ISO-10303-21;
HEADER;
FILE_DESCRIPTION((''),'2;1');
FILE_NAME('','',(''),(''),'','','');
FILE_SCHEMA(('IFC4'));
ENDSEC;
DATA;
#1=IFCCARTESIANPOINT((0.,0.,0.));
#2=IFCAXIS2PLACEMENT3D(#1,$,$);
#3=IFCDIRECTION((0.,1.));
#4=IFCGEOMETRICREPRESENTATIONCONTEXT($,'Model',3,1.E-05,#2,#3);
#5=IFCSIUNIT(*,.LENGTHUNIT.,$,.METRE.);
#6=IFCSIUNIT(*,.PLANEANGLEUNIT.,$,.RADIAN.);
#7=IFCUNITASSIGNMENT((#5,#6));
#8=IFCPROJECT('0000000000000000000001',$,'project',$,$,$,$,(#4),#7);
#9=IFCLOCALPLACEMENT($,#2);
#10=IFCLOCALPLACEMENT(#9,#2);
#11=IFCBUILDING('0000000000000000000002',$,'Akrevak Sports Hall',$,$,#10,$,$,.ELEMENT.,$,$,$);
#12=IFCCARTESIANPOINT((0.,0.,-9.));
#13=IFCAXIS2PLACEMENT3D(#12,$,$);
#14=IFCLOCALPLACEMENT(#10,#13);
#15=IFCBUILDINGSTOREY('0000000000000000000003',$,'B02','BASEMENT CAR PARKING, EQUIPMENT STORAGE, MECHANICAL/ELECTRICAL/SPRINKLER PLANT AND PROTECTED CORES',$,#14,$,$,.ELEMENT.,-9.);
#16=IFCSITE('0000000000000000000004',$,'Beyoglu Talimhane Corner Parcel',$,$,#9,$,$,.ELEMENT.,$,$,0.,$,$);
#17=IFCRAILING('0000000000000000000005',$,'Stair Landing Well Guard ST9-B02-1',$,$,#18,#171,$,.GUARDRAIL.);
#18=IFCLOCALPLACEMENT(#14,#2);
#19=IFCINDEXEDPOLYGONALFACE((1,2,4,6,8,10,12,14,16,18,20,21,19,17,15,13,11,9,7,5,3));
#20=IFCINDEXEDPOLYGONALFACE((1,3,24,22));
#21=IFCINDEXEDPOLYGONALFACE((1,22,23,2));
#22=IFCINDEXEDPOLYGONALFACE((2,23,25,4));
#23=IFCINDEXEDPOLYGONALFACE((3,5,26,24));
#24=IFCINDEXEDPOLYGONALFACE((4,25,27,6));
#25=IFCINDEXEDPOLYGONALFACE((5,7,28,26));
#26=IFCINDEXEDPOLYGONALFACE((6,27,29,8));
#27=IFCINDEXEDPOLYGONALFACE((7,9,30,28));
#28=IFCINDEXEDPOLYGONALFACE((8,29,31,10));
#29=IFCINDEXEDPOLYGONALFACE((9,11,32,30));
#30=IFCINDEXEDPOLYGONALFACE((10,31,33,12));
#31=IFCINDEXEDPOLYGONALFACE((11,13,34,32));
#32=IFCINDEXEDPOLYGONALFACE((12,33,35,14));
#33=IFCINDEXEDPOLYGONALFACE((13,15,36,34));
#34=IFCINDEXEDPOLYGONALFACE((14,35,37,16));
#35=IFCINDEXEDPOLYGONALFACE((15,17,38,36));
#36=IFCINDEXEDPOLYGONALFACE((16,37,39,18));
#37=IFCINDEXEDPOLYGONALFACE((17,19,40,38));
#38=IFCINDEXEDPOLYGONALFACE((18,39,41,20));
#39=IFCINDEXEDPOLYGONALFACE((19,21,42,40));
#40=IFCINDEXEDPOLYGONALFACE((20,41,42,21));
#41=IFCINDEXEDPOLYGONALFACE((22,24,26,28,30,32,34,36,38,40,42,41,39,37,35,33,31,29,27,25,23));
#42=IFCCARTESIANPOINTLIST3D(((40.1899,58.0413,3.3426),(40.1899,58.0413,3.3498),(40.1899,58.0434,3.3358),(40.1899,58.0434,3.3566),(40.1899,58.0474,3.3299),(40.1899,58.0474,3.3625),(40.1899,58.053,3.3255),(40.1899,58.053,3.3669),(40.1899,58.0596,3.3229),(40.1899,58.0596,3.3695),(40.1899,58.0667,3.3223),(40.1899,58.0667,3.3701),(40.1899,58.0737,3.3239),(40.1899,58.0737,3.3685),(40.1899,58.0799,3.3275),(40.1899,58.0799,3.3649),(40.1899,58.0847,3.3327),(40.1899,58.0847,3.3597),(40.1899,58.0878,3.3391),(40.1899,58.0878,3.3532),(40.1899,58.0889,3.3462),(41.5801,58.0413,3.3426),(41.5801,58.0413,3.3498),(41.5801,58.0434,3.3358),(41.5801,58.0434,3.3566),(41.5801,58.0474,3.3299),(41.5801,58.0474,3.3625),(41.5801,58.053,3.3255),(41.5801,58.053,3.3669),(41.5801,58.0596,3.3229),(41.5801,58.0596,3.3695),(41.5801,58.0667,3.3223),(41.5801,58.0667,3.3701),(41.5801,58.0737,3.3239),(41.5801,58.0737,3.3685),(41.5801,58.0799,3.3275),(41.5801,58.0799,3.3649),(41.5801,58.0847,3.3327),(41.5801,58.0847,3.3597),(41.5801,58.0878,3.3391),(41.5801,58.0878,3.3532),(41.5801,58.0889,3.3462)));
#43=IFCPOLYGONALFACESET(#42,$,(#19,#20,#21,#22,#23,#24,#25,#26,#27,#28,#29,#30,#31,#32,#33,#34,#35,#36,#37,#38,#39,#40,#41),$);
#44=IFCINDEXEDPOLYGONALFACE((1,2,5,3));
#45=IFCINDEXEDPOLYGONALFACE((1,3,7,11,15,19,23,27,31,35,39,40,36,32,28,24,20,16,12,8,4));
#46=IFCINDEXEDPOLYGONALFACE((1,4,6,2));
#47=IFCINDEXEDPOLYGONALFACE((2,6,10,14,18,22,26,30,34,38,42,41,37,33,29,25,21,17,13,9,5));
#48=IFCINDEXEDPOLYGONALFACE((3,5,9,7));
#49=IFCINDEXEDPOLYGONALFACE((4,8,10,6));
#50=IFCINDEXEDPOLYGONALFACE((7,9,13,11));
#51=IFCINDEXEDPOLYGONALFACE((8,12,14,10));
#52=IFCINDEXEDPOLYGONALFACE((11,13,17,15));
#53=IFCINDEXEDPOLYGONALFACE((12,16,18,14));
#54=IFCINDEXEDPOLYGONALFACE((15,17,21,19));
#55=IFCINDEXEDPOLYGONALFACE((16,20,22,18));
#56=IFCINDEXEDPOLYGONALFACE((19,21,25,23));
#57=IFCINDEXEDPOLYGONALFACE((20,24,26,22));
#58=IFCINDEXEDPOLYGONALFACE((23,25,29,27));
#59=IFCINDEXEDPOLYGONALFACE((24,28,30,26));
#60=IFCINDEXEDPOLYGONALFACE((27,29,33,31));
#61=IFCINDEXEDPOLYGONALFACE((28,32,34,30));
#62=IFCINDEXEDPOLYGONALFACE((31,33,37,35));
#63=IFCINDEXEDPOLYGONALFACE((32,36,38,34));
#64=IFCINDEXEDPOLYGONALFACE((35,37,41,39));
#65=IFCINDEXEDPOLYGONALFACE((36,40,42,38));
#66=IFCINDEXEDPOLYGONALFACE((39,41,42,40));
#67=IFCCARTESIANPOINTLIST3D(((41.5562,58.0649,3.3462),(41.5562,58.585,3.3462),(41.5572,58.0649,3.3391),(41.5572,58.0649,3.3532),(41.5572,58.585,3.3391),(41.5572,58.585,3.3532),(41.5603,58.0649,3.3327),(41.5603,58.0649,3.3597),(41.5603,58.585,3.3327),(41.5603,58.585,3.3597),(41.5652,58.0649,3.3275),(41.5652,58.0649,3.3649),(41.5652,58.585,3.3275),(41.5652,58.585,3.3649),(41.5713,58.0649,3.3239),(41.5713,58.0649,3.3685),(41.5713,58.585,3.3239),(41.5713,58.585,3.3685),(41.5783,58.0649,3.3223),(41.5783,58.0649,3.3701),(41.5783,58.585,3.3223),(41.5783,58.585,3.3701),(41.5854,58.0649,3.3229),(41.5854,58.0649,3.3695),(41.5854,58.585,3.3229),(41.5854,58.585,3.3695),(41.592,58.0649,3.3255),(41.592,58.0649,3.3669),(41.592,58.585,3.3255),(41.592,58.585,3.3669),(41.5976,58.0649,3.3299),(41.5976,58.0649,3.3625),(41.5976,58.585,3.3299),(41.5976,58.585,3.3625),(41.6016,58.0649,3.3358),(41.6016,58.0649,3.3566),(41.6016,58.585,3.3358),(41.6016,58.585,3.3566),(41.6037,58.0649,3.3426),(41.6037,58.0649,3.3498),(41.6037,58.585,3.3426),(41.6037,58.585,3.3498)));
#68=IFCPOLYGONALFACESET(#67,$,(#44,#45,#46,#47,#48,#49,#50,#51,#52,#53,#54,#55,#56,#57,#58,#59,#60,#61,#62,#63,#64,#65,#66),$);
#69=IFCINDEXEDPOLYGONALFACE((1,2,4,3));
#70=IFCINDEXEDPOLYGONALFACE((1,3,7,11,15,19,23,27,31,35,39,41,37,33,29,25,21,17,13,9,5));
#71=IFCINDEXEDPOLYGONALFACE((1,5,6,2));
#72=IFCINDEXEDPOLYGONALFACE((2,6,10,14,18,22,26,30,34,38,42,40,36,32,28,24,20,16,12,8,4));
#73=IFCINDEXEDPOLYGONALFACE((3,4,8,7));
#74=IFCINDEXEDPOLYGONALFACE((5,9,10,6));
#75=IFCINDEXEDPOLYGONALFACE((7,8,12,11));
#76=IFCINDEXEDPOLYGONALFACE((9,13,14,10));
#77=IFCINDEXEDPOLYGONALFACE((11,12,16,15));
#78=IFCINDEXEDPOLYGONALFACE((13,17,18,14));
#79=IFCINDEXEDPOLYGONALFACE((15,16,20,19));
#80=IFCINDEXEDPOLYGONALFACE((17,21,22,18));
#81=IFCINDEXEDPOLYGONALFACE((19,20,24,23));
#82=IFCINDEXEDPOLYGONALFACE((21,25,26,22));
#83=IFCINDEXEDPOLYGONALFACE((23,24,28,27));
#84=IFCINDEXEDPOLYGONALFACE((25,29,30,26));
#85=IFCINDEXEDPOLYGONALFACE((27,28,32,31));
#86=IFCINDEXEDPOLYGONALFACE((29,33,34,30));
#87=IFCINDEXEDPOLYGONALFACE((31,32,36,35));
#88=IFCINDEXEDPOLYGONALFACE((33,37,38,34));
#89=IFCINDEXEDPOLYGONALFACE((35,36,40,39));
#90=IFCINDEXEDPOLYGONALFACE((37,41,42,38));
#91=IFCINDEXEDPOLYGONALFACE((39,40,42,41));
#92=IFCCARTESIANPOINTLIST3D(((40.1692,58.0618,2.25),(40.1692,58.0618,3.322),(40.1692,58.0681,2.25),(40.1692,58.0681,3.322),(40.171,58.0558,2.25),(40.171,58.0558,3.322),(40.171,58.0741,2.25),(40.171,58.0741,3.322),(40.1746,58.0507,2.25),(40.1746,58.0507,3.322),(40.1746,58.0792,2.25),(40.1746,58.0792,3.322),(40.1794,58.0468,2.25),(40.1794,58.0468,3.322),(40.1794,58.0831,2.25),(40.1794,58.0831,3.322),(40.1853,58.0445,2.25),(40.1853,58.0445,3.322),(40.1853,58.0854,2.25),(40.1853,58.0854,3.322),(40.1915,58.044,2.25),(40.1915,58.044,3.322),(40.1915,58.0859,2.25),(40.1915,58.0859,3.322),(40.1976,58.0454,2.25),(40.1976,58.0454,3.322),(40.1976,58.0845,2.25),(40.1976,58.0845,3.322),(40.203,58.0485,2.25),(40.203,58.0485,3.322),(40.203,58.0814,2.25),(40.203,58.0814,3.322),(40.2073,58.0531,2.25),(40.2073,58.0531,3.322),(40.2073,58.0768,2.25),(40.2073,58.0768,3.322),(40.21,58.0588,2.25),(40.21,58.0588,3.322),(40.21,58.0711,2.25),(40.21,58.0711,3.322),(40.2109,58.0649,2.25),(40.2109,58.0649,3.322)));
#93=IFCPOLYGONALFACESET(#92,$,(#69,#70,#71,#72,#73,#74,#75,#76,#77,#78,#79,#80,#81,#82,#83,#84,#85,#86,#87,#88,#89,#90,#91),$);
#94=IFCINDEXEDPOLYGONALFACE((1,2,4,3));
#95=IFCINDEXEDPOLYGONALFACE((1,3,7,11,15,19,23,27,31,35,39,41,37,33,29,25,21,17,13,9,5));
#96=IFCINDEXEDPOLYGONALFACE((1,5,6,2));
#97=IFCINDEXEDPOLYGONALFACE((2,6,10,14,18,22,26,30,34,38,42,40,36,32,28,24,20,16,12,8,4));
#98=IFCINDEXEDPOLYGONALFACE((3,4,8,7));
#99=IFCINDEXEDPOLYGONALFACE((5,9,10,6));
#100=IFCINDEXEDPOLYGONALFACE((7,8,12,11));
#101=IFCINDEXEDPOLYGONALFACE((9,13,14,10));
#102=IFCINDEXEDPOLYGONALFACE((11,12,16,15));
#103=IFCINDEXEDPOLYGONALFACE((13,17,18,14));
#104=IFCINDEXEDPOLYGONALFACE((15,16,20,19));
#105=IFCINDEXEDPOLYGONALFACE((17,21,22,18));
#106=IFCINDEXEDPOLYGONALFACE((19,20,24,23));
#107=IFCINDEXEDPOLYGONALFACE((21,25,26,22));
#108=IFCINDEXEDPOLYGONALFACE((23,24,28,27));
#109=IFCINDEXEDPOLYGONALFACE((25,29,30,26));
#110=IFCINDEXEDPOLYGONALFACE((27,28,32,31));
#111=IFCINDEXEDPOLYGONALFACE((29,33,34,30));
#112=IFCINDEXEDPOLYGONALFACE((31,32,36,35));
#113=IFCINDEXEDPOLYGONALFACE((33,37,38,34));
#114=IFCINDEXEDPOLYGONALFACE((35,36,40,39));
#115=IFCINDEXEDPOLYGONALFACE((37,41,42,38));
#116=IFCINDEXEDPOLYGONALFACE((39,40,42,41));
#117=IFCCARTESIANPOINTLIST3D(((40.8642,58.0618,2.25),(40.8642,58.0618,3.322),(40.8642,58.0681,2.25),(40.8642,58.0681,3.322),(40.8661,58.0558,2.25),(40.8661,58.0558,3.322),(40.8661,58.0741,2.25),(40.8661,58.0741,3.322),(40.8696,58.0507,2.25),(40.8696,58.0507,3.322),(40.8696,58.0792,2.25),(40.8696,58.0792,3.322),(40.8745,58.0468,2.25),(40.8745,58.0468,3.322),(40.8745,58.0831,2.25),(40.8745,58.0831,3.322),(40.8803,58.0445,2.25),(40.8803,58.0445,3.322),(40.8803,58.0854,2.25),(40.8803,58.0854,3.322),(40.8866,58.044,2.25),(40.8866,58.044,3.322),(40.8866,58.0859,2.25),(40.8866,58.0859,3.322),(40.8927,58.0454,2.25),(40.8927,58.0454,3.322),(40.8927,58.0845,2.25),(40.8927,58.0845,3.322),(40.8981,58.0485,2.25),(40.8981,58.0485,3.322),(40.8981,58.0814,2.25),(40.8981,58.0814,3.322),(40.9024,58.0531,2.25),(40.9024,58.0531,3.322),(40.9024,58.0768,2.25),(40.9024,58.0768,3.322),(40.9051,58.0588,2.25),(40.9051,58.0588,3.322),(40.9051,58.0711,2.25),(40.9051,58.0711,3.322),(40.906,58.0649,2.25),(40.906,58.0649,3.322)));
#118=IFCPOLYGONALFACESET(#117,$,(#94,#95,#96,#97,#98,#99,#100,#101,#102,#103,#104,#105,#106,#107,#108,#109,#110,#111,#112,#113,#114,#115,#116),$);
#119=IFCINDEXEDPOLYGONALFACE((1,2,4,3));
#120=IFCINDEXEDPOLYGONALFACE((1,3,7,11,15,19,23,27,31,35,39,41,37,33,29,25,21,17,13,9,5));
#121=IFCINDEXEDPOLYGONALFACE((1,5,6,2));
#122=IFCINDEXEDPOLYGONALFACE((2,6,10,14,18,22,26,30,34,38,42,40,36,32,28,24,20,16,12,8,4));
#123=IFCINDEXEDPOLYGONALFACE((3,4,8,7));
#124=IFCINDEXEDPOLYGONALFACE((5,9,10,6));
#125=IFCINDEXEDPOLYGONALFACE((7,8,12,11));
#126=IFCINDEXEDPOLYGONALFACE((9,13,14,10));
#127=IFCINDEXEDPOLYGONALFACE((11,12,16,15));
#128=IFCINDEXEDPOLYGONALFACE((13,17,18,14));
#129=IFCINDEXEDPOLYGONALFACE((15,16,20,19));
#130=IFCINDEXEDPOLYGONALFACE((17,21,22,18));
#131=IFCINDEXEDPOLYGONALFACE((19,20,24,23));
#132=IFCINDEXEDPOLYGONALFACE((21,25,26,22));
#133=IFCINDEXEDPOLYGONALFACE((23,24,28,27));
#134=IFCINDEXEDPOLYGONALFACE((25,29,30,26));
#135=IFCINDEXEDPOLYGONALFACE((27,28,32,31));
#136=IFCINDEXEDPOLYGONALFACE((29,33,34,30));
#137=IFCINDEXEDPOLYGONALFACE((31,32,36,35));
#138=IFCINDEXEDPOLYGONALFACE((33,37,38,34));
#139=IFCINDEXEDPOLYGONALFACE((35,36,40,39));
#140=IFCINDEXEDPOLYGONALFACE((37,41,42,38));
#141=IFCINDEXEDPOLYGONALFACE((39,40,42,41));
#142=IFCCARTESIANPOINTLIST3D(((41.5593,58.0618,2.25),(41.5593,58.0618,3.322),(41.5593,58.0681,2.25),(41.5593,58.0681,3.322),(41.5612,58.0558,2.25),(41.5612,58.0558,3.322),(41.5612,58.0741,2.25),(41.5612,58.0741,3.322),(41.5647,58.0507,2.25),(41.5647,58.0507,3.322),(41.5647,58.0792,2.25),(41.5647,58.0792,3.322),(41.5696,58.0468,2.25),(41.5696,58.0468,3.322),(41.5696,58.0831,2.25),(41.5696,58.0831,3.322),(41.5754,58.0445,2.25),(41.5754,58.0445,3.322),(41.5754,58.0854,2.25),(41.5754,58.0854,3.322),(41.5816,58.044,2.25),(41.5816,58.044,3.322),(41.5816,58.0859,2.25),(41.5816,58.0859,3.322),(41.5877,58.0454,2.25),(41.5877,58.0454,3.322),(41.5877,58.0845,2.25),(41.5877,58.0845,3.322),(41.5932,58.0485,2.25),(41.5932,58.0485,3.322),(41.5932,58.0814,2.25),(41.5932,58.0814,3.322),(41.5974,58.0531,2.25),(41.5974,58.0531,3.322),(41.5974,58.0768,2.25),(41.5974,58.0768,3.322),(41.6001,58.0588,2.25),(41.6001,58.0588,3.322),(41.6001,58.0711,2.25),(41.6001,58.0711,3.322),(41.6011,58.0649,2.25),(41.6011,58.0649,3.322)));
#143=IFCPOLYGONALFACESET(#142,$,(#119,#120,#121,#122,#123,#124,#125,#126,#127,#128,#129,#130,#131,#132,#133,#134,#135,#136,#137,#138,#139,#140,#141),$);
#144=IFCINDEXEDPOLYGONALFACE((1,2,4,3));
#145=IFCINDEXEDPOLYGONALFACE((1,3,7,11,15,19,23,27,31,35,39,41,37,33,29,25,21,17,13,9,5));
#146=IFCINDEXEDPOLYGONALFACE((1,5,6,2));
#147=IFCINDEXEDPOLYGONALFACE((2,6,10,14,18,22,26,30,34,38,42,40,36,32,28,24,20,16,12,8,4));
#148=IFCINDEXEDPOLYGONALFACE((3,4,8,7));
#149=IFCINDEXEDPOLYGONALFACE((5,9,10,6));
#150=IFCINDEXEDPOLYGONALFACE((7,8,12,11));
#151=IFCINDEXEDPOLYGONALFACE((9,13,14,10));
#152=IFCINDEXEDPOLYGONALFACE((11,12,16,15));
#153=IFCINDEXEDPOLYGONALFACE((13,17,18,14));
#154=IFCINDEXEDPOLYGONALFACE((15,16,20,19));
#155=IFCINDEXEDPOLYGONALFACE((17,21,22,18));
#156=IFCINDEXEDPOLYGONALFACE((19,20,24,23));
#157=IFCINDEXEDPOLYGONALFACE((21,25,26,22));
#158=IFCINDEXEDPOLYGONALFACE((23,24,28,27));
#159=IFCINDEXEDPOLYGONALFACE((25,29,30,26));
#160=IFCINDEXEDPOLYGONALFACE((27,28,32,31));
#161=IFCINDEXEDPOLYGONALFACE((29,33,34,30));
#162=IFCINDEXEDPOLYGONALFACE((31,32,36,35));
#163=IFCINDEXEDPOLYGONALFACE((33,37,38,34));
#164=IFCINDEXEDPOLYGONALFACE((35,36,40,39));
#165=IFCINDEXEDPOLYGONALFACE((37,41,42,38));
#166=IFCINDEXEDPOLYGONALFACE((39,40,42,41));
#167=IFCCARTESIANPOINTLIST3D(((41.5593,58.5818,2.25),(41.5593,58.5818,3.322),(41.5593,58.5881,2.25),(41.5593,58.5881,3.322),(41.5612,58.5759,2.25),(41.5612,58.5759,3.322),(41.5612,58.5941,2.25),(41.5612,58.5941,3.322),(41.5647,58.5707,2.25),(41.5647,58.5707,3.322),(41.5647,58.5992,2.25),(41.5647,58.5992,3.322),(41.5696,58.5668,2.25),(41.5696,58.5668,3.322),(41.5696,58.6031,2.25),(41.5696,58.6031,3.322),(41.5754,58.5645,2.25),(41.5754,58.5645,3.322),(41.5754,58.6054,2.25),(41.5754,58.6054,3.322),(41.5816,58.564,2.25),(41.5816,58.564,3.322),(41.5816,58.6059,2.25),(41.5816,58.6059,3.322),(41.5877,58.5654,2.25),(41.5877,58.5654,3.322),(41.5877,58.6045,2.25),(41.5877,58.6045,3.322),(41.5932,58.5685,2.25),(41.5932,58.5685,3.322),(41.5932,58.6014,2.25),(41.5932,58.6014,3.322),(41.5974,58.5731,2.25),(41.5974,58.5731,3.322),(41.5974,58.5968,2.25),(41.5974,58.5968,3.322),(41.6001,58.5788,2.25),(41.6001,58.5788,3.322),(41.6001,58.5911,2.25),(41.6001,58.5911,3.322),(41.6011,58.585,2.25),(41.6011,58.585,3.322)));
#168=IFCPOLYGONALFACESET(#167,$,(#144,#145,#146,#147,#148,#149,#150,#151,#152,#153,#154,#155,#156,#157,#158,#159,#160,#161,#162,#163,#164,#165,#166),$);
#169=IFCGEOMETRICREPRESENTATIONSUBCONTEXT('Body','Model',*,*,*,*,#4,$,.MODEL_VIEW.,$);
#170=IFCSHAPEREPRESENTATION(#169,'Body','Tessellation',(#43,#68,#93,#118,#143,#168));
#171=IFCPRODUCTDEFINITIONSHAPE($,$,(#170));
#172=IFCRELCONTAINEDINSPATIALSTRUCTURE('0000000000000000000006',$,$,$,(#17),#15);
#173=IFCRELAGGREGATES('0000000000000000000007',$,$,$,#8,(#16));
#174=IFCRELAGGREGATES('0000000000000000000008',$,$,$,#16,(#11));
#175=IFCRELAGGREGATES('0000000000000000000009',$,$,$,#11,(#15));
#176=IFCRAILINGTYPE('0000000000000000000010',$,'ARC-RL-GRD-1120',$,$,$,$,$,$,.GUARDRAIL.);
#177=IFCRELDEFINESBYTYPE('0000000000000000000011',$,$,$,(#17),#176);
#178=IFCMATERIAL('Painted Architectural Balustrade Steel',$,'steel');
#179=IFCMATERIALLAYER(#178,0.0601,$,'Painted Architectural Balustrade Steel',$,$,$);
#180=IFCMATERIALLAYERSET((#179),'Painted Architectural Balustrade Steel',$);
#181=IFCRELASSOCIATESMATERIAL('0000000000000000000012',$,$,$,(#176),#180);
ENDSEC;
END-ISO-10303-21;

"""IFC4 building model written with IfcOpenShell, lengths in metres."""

from ifc_helpers import new_model, si_unit, direction, frame, origin, origin_2d, place, context, subcontext, project, spatial, circle, extrude, material, layer, layer_set, type_object, element, save


model = new_model("IFC4")

# Units and contexts
model_context = context("Model", 3, precision=1e-05, world=origin(), true_north=direction((0.0, 1.0)))
body_context = subcontext(model_context, "Body", "Model", "MODEL_VIEW")
ifc_project = project(units=[si_unit("LENGTHUNIT", "METRE"), si_unit("PLANEANGLEUNIT", "RADIAN")], contexts=[model_context])

# Site, building, storey
site_placement = place(None, origin())
site = spatial("IfcSite", under=ifc_project, at=site_placement, Name="Beyoglu Talimhane Corner Parcel", CompositionType="ELEMENT", RefElevation=0.0)
building_placement = place(site_placement, origin())
building = spatial("IfcBuilding", under=site, at=building_placement, Name="Akrevak Sports Hall", CompositionType="ELEMENT")
storey_placement = place(building_placement, frame((0.0, 0.0, -9.0)))
storey = spatial("IfcBuildingStorey", under=building, at=storey_placement, Name="B02", Description="BASEMENT CAR PARKING, EQUIPMENT STORAGE, MECHANICAL/ELECTRICAL/SPRINKLER PLANT AND PROTECTED CORES", CompositionType="ELEMENT", Elevation=-9.0)

# Railing
ifc_material_1 = material(Name="Painted Architectural Balustrade Steel", Category="steel")
ifc_layer_1 = layer(ifc_material_1, 0.0601, Name="Painted Architectural Balustrade Steel")
ifc_layer_set_1 = layer_set([ifc_layer_1], Name="Painted Architectural Balustrade Steel")
railing_type_1 = type_object("IfcRailingType", Name="ARC-RL-GRD-1120", PredefinedType="GUARDRAIL", material=ifc_layer_set_1)
railing_1_placement = place(storey_placement, frame((40.1899, 58.0649, 2.25)))
element("IfcRailing", 1, at=railing_1_placement, inside=storey, type_object=railing_type_1, Name="Stair Landing Well Guard ST9-B02-1", PredefinedType="GUARDRAIL", context=body_context, shape_type="SweptSolid", body=[
    extrude(circle(Radius=0.0239, at=origin_2d()), frame((0.0, 0.0, 1.0962), z_axis=(1.0, 0.0, 0.0), x_axis=(0.0, 1.0, 0.0)), (0.0, 0.0, 1.0), 1.3901),
    extrude(circle(Radius=0.0239, at=origin_2d()), frame((1.3901, 0.0, 1.0962), z_axis=(0.0, 1.0, 0.0), x_axis=(-1.0, 0.0, 0.0)), (0.0, 0.0, 1.0), 0.52),
    extrude(circle(Radius=0.021, at=origin_2d()), origin(), (0.0, 0.0, 1.0), 1.072),
    extrude(circle(Radius=0.021, at=origin_2d()), frame((0.6951, 0.0, 0.0)), (0.0, 0.0, 1.0), 1.072),
    extrude(circle(Radius=0.021, at=origin_2d()), frame((1.3901, 0.0, 0.0)), (0.0, 0.0, 1.0), 1.072),
    extrude(circle(Radius=0.021, at=origin_2d()), frame((1.3901, 0.52, 0.0)), (0.0, 0.0, 1.0), 1.072),
])

save(model, "model.ifc")
